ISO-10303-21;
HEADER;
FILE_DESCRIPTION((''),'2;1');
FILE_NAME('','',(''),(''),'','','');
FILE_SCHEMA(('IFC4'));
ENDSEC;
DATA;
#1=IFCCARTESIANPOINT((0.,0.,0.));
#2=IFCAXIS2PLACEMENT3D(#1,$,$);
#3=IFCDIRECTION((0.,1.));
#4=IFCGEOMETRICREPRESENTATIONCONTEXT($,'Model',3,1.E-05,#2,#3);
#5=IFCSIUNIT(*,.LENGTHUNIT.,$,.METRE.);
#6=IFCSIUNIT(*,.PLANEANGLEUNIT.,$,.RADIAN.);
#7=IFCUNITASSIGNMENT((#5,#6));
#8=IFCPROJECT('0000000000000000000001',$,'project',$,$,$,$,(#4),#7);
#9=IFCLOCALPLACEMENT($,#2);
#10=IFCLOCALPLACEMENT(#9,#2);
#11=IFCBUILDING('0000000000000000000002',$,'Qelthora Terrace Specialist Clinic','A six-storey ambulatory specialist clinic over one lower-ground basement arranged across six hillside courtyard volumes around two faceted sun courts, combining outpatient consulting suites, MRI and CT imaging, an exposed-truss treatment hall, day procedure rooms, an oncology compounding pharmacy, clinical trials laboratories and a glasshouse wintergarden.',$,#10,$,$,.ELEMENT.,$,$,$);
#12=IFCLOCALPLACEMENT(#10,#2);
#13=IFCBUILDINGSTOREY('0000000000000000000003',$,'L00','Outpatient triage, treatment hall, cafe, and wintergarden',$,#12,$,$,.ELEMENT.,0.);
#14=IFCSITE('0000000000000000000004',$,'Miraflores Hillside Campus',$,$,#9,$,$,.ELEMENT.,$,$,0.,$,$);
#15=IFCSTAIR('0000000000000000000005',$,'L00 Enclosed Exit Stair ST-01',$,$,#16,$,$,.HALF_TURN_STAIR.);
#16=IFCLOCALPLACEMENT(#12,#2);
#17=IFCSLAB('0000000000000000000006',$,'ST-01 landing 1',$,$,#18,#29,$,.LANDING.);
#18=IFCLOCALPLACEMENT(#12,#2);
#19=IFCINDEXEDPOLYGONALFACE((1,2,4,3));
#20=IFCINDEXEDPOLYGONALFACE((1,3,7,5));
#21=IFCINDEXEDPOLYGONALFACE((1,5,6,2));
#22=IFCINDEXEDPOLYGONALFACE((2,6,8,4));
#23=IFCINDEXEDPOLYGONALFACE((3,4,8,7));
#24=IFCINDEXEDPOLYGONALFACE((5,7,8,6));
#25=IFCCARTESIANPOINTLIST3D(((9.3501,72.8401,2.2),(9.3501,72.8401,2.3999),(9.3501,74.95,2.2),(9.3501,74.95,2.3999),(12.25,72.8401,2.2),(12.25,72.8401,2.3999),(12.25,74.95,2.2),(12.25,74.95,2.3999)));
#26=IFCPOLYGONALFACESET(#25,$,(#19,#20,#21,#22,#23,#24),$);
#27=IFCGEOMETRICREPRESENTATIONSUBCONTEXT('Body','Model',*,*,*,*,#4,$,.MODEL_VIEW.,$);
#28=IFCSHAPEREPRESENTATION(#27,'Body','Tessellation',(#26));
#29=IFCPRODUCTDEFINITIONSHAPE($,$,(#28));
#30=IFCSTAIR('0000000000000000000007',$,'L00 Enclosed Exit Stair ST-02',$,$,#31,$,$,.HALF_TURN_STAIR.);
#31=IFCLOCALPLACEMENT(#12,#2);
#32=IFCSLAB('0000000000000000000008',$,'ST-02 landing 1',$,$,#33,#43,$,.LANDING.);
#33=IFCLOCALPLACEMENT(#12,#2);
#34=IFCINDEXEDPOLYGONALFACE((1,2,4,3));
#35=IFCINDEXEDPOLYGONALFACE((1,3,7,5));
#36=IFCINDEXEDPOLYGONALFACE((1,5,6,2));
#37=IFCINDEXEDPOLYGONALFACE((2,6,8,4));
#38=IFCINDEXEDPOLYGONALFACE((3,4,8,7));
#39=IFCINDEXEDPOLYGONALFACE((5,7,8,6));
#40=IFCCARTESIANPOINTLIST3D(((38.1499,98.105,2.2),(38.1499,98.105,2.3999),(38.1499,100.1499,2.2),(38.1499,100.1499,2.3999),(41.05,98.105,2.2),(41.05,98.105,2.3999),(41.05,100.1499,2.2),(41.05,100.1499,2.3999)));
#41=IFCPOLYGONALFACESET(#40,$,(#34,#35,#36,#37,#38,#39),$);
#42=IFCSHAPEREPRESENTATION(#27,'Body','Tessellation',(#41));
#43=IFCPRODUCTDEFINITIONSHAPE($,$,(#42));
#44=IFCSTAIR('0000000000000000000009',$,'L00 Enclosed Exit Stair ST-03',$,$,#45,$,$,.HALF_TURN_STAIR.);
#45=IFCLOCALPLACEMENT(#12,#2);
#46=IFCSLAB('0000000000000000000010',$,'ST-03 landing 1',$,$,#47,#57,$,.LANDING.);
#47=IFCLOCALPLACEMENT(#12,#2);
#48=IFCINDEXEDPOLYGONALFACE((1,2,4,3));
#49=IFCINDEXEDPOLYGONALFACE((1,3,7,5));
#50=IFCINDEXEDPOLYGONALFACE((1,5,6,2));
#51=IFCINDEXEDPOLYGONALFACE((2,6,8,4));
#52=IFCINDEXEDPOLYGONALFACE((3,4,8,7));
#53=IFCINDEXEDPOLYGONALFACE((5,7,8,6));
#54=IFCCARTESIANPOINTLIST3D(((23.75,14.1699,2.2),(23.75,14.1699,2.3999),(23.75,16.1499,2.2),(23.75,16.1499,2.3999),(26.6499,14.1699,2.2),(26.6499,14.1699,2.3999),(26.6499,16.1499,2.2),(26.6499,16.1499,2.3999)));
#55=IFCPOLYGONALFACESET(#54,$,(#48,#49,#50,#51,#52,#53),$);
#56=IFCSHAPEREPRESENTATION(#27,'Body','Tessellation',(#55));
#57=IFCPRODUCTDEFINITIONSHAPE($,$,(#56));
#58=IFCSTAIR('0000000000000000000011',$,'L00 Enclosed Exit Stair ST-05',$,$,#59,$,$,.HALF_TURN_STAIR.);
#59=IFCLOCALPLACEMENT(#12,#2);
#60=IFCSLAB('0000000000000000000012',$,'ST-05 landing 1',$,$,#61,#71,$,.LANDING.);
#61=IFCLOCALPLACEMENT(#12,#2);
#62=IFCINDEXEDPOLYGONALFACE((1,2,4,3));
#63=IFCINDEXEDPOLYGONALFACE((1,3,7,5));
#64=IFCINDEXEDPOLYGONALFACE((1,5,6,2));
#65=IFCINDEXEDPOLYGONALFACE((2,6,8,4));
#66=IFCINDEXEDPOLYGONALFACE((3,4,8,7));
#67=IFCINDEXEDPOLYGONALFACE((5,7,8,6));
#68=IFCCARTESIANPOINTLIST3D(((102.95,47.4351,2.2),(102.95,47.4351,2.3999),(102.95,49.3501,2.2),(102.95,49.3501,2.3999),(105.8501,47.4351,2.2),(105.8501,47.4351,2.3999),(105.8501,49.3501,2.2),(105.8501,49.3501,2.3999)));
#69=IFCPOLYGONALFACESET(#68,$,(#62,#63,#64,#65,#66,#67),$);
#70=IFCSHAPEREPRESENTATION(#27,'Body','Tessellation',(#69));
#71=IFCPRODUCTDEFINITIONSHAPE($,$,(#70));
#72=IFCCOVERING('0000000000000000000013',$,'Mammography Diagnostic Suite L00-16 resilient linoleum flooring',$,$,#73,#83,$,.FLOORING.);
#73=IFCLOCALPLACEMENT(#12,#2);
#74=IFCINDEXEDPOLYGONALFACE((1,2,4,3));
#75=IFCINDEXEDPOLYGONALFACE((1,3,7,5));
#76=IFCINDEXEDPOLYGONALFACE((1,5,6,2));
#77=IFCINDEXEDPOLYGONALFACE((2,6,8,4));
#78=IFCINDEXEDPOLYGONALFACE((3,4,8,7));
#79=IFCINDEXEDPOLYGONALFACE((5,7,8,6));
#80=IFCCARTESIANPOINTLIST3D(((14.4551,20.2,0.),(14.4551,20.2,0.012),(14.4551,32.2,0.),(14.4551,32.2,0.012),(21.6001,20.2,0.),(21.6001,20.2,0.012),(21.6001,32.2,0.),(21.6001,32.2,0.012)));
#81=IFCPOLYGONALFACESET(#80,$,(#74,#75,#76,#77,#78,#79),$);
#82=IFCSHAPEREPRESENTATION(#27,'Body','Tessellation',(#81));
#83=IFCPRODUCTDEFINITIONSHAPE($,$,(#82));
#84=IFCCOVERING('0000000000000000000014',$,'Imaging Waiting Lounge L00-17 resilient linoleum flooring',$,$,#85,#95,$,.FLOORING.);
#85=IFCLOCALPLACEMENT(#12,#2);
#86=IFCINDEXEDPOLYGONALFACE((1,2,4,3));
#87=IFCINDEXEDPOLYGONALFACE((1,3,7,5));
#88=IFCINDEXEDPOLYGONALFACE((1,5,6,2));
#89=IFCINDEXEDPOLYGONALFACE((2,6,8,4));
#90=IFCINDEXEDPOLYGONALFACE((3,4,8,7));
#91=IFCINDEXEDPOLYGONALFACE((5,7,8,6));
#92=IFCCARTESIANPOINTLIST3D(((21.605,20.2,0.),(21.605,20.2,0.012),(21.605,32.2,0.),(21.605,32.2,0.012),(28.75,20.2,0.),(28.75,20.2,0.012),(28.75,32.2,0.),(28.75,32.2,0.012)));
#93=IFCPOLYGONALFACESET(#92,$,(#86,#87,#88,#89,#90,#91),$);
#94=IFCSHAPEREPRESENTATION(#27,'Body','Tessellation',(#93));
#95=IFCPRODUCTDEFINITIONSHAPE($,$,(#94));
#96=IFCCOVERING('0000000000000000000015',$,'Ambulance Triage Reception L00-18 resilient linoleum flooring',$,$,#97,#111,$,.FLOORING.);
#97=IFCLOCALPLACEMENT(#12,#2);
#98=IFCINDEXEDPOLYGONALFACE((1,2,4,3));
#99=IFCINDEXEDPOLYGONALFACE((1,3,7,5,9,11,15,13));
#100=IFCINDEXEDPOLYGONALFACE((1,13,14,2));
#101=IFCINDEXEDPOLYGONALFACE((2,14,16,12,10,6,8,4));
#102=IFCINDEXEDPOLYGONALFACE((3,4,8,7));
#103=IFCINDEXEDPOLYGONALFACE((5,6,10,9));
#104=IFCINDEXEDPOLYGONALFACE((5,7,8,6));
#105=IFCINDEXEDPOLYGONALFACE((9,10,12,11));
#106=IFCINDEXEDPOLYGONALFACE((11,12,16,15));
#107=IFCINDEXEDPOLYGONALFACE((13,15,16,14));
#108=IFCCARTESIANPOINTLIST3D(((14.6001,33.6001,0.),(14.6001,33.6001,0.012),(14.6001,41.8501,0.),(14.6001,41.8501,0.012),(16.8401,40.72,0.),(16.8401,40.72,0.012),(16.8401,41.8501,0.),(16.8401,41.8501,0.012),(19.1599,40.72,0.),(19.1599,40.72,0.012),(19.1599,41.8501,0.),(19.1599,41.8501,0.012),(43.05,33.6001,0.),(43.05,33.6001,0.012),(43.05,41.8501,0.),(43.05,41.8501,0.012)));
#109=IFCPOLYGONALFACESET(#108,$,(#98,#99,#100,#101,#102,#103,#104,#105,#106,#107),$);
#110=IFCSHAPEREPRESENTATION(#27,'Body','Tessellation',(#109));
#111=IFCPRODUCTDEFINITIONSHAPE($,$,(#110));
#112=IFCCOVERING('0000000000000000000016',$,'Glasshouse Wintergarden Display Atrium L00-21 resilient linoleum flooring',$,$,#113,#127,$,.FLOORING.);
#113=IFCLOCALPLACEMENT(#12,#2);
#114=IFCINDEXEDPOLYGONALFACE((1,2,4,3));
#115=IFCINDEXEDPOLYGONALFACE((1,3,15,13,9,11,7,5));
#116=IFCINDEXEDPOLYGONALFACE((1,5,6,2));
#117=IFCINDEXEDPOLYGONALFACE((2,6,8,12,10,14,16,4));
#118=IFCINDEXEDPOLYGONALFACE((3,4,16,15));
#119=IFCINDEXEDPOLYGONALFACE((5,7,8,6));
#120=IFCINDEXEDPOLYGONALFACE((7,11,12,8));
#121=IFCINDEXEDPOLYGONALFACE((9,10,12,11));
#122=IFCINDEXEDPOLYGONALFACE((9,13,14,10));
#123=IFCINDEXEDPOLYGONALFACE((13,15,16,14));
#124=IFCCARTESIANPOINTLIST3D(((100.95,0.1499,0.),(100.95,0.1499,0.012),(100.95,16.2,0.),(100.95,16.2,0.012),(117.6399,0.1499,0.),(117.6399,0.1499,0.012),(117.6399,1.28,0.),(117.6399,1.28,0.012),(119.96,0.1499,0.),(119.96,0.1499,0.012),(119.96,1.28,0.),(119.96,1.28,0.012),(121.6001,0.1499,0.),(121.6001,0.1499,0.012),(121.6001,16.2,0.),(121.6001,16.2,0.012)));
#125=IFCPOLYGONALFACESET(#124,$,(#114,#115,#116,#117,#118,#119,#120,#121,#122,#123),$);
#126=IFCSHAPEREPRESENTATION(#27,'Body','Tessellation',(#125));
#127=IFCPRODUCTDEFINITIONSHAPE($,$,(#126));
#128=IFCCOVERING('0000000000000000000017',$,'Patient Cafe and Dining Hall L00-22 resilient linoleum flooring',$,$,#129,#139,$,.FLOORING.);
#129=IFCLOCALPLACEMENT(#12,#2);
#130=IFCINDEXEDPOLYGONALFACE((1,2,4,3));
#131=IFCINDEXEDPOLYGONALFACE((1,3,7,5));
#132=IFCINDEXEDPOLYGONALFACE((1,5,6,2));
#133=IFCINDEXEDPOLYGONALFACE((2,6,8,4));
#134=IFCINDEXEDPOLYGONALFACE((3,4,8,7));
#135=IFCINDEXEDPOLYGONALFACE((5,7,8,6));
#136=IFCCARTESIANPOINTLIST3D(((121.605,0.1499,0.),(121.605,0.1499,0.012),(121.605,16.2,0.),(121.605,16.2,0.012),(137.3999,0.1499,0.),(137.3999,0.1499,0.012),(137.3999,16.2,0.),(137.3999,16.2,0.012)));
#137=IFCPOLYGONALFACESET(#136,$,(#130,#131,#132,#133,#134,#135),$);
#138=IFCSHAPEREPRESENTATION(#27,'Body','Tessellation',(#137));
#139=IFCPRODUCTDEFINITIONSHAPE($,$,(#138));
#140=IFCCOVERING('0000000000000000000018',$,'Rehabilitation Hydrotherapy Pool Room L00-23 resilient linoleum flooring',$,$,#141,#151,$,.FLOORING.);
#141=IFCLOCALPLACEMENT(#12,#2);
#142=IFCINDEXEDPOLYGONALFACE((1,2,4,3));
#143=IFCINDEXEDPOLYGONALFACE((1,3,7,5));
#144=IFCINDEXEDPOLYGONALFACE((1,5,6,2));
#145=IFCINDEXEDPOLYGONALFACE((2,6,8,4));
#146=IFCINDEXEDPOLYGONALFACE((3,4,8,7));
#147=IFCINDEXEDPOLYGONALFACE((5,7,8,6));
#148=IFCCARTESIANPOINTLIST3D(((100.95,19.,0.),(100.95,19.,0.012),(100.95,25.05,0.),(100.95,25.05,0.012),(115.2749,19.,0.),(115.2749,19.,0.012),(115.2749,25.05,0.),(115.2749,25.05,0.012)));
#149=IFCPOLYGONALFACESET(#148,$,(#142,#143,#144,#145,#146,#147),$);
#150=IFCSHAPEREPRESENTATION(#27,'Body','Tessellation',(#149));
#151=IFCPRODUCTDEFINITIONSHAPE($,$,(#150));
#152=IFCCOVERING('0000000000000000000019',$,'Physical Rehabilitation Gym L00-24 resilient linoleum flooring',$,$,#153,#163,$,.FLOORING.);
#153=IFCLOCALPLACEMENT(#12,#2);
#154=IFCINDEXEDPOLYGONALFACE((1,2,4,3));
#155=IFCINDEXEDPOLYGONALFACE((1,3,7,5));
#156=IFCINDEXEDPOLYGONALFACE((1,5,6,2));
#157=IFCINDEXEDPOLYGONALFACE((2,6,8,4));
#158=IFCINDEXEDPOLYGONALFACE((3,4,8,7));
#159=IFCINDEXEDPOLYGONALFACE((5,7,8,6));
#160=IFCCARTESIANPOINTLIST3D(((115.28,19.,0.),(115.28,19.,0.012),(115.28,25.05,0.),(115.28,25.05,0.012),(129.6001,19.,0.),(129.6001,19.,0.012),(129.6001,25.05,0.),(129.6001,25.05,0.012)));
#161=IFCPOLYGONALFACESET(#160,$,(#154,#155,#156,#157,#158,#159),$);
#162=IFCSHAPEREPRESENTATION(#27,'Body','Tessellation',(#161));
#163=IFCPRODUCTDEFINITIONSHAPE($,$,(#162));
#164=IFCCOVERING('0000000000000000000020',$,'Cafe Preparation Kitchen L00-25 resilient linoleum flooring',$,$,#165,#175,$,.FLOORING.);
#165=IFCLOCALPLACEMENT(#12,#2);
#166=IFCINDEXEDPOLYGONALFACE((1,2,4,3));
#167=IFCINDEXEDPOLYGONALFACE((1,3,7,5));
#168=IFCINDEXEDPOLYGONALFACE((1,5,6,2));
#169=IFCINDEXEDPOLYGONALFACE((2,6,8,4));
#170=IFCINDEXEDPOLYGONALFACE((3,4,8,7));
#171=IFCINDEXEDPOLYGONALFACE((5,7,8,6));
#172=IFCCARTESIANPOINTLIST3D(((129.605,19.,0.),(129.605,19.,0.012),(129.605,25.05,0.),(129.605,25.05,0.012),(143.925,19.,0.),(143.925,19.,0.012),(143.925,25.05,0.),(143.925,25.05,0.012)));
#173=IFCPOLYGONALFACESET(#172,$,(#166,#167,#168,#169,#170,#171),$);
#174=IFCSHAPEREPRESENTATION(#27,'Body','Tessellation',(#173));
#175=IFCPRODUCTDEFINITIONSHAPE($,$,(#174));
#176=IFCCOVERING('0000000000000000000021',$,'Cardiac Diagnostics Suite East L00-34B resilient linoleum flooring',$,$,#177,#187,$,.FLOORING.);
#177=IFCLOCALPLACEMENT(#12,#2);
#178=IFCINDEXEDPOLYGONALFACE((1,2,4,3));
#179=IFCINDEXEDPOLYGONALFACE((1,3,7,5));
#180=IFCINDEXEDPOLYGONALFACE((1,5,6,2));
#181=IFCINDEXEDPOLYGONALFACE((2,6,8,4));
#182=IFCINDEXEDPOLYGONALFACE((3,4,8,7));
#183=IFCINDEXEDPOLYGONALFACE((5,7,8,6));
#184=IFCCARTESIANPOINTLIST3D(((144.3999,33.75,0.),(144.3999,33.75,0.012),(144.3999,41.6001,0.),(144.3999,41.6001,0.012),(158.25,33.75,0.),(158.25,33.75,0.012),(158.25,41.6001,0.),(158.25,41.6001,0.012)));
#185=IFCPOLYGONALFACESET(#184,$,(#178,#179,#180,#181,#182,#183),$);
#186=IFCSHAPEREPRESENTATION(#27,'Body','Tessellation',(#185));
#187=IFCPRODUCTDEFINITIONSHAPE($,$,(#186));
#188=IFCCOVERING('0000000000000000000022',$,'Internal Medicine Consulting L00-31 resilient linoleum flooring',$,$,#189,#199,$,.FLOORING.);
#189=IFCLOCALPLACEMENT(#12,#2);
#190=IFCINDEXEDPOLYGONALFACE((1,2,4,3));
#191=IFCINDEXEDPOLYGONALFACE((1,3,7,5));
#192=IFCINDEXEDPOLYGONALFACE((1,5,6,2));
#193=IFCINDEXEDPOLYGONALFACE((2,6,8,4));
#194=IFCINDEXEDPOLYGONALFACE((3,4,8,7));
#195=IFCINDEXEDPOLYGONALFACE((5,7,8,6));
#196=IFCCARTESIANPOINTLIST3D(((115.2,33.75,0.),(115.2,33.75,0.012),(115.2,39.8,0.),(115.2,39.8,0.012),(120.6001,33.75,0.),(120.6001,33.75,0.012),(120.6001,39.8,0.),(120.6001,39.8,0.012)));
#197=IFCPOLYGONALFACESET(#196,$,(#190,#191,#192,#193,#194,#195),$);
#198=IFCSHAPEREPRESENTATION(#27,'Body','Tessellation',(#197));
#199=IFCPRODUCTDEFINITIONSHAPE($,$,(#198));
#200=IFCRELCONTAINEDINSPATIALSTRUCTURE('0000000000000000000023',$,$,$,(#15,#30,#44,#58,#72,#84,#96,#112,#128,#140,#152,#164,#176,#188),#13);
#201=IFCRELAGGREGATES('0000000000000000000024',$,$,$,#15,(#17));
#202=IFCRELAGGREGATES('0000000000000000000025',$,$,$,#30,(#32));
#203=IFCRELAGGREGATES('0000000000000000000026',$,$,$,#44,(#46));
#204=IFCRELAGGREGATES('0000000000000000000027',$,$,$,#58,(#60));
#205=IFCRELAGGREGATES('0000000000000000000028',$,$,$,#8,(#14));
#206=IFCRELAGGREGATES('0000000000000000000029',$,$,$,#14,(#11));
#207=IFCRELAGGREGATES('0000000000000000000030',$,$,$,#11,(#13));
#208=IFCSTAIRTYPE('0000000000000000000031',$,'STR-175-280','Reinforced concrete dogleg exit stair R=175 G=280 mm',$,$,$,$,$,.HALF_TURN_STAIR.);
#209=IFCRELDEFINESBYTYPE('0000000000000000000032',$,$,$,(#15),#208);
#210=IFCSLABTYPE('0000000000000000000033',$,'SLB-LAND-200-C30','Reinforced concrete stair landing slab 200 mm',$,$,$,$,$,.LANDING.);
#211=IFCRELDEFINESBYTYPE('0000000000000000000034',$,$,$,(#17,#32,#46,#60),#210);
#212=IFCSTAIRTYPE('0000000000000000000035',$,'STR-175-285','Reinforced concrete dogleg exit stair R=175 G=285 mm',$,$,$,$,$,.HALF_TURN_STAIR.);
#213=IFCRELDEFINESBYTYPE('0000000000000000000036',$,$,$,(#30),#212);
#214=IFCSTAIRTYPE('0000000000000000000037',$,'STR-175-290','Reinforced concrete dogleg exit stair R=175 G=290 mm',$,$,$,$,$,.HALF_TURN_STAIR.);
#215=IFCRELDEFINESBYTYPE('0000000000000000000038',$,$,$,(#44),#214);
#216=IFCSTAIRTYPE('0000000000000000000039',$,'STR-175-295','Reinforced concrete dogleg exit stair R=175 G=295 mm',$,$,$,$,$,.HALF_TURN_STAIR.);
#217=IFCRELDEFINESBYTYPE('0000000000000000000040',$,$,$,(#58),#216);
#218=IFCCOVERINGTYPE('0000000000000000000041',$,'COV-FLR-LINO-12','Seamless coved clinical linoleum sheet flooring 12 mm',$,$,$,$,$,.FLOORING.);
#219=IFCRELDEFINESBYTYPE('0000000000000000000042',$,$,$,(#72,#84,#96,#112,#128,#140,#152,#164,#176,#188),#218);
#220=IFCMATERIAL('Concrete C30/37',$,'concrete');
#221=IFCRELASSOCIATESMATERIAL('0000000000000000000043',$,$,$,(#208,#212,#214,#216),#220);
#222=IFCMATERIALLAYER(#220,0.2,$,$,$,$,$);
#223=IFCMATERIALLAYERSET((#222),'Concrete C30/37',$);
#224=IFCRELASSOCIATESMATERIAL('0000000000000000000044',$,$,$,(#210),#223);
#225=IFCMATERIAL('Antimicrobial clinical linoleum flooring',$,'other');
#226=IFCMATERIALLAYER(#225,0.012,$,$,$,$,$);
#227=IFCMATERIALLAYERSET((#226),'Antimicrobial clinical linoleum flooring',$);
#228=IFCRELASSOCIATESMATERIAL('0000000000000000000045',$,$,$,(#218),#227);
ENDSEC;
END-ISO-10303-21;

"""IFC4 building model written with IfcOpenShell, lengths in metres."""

from ifc_helpers import new_model, si_unit, direction, frame, origin, place, context, subcontext, project, spatial, polyline, outline, extrude, material, layer, layer_set, type_object, element, aggregate, save


model = new_model("IFC4")

# Units and contexts
model_context = context("Model", 3, precision=1e-05, world=origin(), true_north=direction((0.0, 1.0)))
body_context = subcontext(model_context, "Body", "Model", "MODEL_VIEW")
ifc_project = project(units=[si_unit("LENGTHUNIT", "METRE"), si_unit("PLANEANGLEUNIT", "RADIAN")], contexts=[model_context])

# Site, building, storey
site_placement = place(None, origin())
site = spatial("IfcSite", under=ifc_project, at=site_placement, Name="Miraflores Hillside Campus", CompositionType="ELEMENT", RefElevation=0.0)
building_placement = place(site_placement, origin())
building = spatial("IfcBuilding", under=site, at=building_placement, Name="Qelthora Terrace Specialist Clinic", Description="A six-storey ambulatory specialist clinic over one lower-ground basement arranged across six hillside courtyard volumes around two faceted sun courts, combining outpatient consulting suites, MRI and CT imaging, an exposed-truss treatment hall, day procedure rooms, an oncology compounding pharmacy, clinical trials laboratories and a glasshouse wintergarden.", CompositionType="ELEMENT")
storey_placement = place(building_placement, origin())
storey = spatial("IfcBuildingStorey", under=building, at=storey_placement, Name="L00", Description="Outpatient triage, treatment hall, cafe, and wintergarden", CompositionType="ELEMENT", Elevation=0.0)

# Stairs, slabs
ifc_material_1 = material(Name="Concrete C30/37", Category="concrete")
stair_type_1 = type_object("IfcStairType", Name="STR-175-280", Description="Reinforced concrete dogleg exit stair R=175 G=280 mm", PredefinedType="HALF_TURN_STAIR", material=ifc_material_1)
stair_1_placement = place(storey_placement, origin())
stair_1 = element("IfcStair", 1, at=stair_1_placement, inside=storey, type_object=stair_type_1, Name="L00 Enclosed Exit Stair ST-01", PredefinedType="HALF_TURN_STAIR")
ifc_layer_1 = layer(ifc_material_1, 0.2)
ifc_layer_set_1 = layer_set([ifc_layer_1], Name="Concrete C30/37")
slab_type = type_object("IfcSlabType", Name="SLB-LAND-200-C30", Description="Reinforced concrete stair landing slab 200 mm", PredefinedType="LANDING", material=ifc_layer_set_1)
slab_1_placement = place(storey_placement, frame((0.0, 0.0, 2.2)))
slab_1 = element("IfcSlab", 2, at=slab_1_placement, type_object=slab_type, Name="ST-01 landing 1", PredefinedType="LANDING", context=body_context, shape_type="SweptSolid", body=[
    extrude(outline(polyline([(12.25, 72.8401), (12.25, 74.95), (9.3501, 74.95), (9.3501, 72.8401), (12.25, 72.8401)])), origin(), (0.0, 0.0, 1.0), 0.2),
])
aggregate(stair_1, [slab_1])
stair_type_2 = type_object("IfcStairType", Name="STR-175-285", Description="Reinforced concrete dogleg exit stair R=175 G=285 mm", PredefinedType="HALF_TURN_STAIR", material=ifc_material_1)
stair_2_placement = place(storey_placement, origin())
stair_2 = element("IfcStair", 3, at=stair_2_placement, inside=storey, type_object=stair_type_2, Name="L00 Enclosed Exit Stair ST-02", PredefinedType="HALF_TURN_STAIR")
slab_2_placement = place(storey_placement, frame((0.0, 0.0, 2.2)))
slab_2 = element("IfcSlab", 4, at=slab_2_placement, type_object=slab_type, Name="ST-02 landing 1", PredefinedType="LANDING", context=body_context, shape_type="SweptSolid", body=[
    extrude(outline(polyline([(41.05, 98.105), (41.05, 100.1499), (38.1499, 100.1499), (38.1499, 98.105), (41.05, 98.105)])), origin(), (0.0, 0.0, 1.0), 0.2),
])
aggregate(stair_2, [slab_2])
stair_type_3 = type_object("IfcStairType", Name="STR-175-290", Description="Reinforced concrete dogleg exit stair R=175 G=290 mm", PredefinedType="HALF_TURN_STAIR", material=ifc_material_1)
stair_3_placement = place(storey_placement, origin())
stair_3 = element("IfcStair", 5, at=stair_3_placement, inside=storey, type_object=stair_type_3, Name="L00 Enclosed Exit Stair ST-03", PredefinedType="HALF_TURN_STAIR")
slab_3_placement = place(storey_placement, frame((0.0, 0.0, 2.2)))
slab_3 = element("IfcSlab", 6, at=slab_3_placement, type_object=slab_type, Name="ST-03 landing 1", PredefinedType="LANDING", context=body_context, shape_type="SweptSolid", body=[
    extrude(outline(polyline([(26.6499, 14.1699), (26.6499, 16.1499), (23.75, 16.1499), (23.75, 14.1699), (26.6499, 14.1699)])), origin(), (0.0, 0.0, 1.0), 0.2),
])
aggregate(stair_3, [slab_3])
stair_type_4 = type_object("IfcStairType", Name="STR-175-295", Description="Reinforced concrete dogleg exit stair R=175 G=295 mm", PredefinedType="HALF_TURN_STAIR", material=ifc_material_1)
stair_4_placement = place(storey_placement, origin())
stair_4 = element("IfcStair", 7, at=stair_4_placement, inside=storey, type_object=stair_type_4, Name="L00 Enclosed Exit Stair ST-05", PredefinedType="HALF_TURN_STAIR")
slab_4_placement = place(storey_placement, frame((0.0, 0.0, 2.2)))
slab_4 = element("IfcSlab", 8, at=slab_4_placement, type_object=slab_type, Name="ST-05 landing 1", PredefinedType="LANDING", context=body_context, shape_type="SweptSolid", body=[
    extrude(outline(polyline([(105.8501, 47.4351), (105.8501, 49.3501), (102.95, 49.3501), (102.95, 47.4351), (105.8501, 47.4351)])), origin(), (0.0, 0.0, 1.0), 0.2),
])
aggregate(stair_4, [slab_4])

# Coverings
ifc_material_2 = material(Name="Antimicrobial clinical linoleum flooring", Category="other")
ifc_layer_2 = layer(ifc_material_2, 0.012)
ifc_layer_set_2 = layer_set([ifc_layer_2], Name="Antimicrobial clinical linoleum flooring")
covering_type = type_object("IfcCoveringType", Name="COV-FLR-LINO-12", Description="Seamless coved clinical linoleum sheet flooring 12 mm", PredefinedType="FLOORING", material=ifc_layer_set_2)
covering_1_placement = place(storey_placement, origin())
element("IfcCovering", 9, at=covering_1_placement, inside=storey, type_object=covering_type, Name="Mammography Diagnostic Suite L00-16 resilient linoleum flooring", PredefinedType="FLOORING", context=body_context, shape_type="SweptSolid", body=[
    extrude(outline(polyline([(14.4551, 20.2), (14.4551, 32.2), (21.6001, 32.2), (21.6001, 20.2), (14.4551, 20.2)])), origin(), (0.0, 0.0, 1.0), 0.012),
])
covering_2_placement = place(storey_placement, origin())
element("IfcCovering", 10, at=covering_2_placement, inside=storey, type_object=covering_type, Name="Imaging Waiting Lounge L00-17 resilient linoleum flooring", PredefinedType="FLOORING", context=body_context, shape_type="SweptSolid", body=[
    extrude(outline(polyline([(21.605, 20.2), (21.605, 32.2), (28.75, 32.2), (28.75, 20.2), (21.605, 20.2)])), origin(), (0.0, 0.0, 1.0), 0.012),
])
covering_3_placement = place(storey_placement, origin())
element("IfcCovering", 11, at=covering_3_placement, inside=storey, type_object=covering_type, Name="Ambulance Triage Reception L00-18 resilient linoleum flooring", PredefinedType="FLOORING", context=body_context, shape_type="SweptSolid", body=[
    extrude(outline(polyline([(19.1599, 40.72), (19.1599, 41.8501), (43.05, 41.8501), (43.05, 33.6001), (14.6001, 33.6001), (14.6001, 41.8501), (16.8401, 41.8501), (16.8401, 40.72), (19.1599, 40.72)])), origin(), (0.0, 0.0, 1.0), 0.012),
])
covering_4_placement = place(storey_placement, origin())
element("IfcCovering", 12, at=covering_4_placement, inside=storey, type_object=covering_type, Name="Glasshouse Wintergarden Display Atrium L00-21 resilient linoleum flooring", PredefinedType="FLOORING", context=body_context, shape_type="SweptSolid", body=[
    extrude(outline(polyline([(119.96, 0.1499), (119.96, 1.28), (117.6399, 1.28), (117.6399, 0.1499), (100.95, 0.1499), (100.95, 16.2), (121.6001, 16.2), (121.6001, 0.1499), (119.96, 0.1499)])), origin(), (0.0, 0.0, 1.0), 0.012),
])
covering_5_placement = place(storey_placement, origin())
element("IfcCovering", 13, at=covering_5_placement, inside=storey, type_object=covering_type, Name="Patient Cafe and Dining Hall L00-22 resilient linoleum flooring", PredefinedType="FLOORING", context=body_context, shape_type="SweptSolid", body=[
    extrude(outline(polyline([(121.605, 0.1499), (121.605, 16.2), (137.3999, 16.2), (137.3999, 0.1499), (121.605, 0.1499)])), origin(), (0.0, 0.0, 1.0), 0.012),
])
covering_6_placement = place(storey_placement, origin())
element("IfcCovering", 14, at=covering_6_placement, inside=storey, type_object=covering_type, Name="Rehabilitation Hydrotherapy Pool Room L00-23 resilient linoleum flooring", PredefinedType="FLOORING", context=body_context, shape_type="SweptSolid", body=[
    extrude(outline(polyline([(100.95, 19.0), (100.95, 25.05), (115.2749, 25.05), (115.2749, 19.0), (100.95, 19.0)])), origin(), (0.0, 0.0, 1.0), 0.012),
])
covering_7_placement = place(storey_placement, origin())
element("IfcCovering", 15, at=covering_7_placement, inside=storey, type_object=covering_type, Name="Physical Rehabilitation Gym L00-24 resilient linoleum flooring", PredefinedType="FLOORING", context=body_context, shape_type="SweptSolid", body=[
    extrude(outline(polyline([(115.28, 19.0), (115.28, 25.05), (129.6001, 25.05), (129.6001, 19.0), (115.28, 19.0)])), origin(), (0.0, 0.0, 1.0), 0.012),
])
covering_8_placement = place(storey_placement, origin())
element("IfcCovering", 16, at=covering_8_placement, inside=storey, type_object=covering_type, Name="Cafe Preparation Kitchen L00-25 resilient linoleum flooring", PredefinedType="FLOORING", context=body_context, shape_type="SweptSolid", body=[
    extrude(outline(polyline([(129.605, 19.0), (129.605, 25.05), (143.925, 25.05), (143.925, 19.0), (129.605, 19.0)])), origin(), (0.0, 0.0, 1.0), 0.012),
])
covering_9_placement = place(storey_placement, origin())
element("IfcCovering", 17, at=covering_9_placement, inside=storey, type_object=covering_type, Name="Cardiac Diagnostics Suite East L00-34B resilient linoleum flooring", PredefinedType="FLOORING", context=body_context, shape_type="SweptSolid", body=[
    extrude(outline(polyline([(144.3999, 33.75), (144.3999, 41.6001), (158.25, 41.6001), (158.25, 33.75), (144.3999, 33.75)])), origin(), (0.0, 0.0, 1.0), 0.012),
])
covering_10_placement = place(storey_placement, origin())
element("IfcCovering", 18, at=covering_10_placement, inside=storey, type_object=covering_type, Name="Internal Medicine Consulting L00-31 resilient linoleum flooring", PredefinedType="FLOORING", context=body_context, shape_type="SweptSolid", body=[
    extrude(outline(polyline([(115.2, 33.75), (115.2, 39.8), (120.6001, 39.8), (120.6001, 33.75), (115.2, 33.75)])), origin(), (0.0, 0.0, 1.0), 0.012),
])

save(model, "model.ifc")
